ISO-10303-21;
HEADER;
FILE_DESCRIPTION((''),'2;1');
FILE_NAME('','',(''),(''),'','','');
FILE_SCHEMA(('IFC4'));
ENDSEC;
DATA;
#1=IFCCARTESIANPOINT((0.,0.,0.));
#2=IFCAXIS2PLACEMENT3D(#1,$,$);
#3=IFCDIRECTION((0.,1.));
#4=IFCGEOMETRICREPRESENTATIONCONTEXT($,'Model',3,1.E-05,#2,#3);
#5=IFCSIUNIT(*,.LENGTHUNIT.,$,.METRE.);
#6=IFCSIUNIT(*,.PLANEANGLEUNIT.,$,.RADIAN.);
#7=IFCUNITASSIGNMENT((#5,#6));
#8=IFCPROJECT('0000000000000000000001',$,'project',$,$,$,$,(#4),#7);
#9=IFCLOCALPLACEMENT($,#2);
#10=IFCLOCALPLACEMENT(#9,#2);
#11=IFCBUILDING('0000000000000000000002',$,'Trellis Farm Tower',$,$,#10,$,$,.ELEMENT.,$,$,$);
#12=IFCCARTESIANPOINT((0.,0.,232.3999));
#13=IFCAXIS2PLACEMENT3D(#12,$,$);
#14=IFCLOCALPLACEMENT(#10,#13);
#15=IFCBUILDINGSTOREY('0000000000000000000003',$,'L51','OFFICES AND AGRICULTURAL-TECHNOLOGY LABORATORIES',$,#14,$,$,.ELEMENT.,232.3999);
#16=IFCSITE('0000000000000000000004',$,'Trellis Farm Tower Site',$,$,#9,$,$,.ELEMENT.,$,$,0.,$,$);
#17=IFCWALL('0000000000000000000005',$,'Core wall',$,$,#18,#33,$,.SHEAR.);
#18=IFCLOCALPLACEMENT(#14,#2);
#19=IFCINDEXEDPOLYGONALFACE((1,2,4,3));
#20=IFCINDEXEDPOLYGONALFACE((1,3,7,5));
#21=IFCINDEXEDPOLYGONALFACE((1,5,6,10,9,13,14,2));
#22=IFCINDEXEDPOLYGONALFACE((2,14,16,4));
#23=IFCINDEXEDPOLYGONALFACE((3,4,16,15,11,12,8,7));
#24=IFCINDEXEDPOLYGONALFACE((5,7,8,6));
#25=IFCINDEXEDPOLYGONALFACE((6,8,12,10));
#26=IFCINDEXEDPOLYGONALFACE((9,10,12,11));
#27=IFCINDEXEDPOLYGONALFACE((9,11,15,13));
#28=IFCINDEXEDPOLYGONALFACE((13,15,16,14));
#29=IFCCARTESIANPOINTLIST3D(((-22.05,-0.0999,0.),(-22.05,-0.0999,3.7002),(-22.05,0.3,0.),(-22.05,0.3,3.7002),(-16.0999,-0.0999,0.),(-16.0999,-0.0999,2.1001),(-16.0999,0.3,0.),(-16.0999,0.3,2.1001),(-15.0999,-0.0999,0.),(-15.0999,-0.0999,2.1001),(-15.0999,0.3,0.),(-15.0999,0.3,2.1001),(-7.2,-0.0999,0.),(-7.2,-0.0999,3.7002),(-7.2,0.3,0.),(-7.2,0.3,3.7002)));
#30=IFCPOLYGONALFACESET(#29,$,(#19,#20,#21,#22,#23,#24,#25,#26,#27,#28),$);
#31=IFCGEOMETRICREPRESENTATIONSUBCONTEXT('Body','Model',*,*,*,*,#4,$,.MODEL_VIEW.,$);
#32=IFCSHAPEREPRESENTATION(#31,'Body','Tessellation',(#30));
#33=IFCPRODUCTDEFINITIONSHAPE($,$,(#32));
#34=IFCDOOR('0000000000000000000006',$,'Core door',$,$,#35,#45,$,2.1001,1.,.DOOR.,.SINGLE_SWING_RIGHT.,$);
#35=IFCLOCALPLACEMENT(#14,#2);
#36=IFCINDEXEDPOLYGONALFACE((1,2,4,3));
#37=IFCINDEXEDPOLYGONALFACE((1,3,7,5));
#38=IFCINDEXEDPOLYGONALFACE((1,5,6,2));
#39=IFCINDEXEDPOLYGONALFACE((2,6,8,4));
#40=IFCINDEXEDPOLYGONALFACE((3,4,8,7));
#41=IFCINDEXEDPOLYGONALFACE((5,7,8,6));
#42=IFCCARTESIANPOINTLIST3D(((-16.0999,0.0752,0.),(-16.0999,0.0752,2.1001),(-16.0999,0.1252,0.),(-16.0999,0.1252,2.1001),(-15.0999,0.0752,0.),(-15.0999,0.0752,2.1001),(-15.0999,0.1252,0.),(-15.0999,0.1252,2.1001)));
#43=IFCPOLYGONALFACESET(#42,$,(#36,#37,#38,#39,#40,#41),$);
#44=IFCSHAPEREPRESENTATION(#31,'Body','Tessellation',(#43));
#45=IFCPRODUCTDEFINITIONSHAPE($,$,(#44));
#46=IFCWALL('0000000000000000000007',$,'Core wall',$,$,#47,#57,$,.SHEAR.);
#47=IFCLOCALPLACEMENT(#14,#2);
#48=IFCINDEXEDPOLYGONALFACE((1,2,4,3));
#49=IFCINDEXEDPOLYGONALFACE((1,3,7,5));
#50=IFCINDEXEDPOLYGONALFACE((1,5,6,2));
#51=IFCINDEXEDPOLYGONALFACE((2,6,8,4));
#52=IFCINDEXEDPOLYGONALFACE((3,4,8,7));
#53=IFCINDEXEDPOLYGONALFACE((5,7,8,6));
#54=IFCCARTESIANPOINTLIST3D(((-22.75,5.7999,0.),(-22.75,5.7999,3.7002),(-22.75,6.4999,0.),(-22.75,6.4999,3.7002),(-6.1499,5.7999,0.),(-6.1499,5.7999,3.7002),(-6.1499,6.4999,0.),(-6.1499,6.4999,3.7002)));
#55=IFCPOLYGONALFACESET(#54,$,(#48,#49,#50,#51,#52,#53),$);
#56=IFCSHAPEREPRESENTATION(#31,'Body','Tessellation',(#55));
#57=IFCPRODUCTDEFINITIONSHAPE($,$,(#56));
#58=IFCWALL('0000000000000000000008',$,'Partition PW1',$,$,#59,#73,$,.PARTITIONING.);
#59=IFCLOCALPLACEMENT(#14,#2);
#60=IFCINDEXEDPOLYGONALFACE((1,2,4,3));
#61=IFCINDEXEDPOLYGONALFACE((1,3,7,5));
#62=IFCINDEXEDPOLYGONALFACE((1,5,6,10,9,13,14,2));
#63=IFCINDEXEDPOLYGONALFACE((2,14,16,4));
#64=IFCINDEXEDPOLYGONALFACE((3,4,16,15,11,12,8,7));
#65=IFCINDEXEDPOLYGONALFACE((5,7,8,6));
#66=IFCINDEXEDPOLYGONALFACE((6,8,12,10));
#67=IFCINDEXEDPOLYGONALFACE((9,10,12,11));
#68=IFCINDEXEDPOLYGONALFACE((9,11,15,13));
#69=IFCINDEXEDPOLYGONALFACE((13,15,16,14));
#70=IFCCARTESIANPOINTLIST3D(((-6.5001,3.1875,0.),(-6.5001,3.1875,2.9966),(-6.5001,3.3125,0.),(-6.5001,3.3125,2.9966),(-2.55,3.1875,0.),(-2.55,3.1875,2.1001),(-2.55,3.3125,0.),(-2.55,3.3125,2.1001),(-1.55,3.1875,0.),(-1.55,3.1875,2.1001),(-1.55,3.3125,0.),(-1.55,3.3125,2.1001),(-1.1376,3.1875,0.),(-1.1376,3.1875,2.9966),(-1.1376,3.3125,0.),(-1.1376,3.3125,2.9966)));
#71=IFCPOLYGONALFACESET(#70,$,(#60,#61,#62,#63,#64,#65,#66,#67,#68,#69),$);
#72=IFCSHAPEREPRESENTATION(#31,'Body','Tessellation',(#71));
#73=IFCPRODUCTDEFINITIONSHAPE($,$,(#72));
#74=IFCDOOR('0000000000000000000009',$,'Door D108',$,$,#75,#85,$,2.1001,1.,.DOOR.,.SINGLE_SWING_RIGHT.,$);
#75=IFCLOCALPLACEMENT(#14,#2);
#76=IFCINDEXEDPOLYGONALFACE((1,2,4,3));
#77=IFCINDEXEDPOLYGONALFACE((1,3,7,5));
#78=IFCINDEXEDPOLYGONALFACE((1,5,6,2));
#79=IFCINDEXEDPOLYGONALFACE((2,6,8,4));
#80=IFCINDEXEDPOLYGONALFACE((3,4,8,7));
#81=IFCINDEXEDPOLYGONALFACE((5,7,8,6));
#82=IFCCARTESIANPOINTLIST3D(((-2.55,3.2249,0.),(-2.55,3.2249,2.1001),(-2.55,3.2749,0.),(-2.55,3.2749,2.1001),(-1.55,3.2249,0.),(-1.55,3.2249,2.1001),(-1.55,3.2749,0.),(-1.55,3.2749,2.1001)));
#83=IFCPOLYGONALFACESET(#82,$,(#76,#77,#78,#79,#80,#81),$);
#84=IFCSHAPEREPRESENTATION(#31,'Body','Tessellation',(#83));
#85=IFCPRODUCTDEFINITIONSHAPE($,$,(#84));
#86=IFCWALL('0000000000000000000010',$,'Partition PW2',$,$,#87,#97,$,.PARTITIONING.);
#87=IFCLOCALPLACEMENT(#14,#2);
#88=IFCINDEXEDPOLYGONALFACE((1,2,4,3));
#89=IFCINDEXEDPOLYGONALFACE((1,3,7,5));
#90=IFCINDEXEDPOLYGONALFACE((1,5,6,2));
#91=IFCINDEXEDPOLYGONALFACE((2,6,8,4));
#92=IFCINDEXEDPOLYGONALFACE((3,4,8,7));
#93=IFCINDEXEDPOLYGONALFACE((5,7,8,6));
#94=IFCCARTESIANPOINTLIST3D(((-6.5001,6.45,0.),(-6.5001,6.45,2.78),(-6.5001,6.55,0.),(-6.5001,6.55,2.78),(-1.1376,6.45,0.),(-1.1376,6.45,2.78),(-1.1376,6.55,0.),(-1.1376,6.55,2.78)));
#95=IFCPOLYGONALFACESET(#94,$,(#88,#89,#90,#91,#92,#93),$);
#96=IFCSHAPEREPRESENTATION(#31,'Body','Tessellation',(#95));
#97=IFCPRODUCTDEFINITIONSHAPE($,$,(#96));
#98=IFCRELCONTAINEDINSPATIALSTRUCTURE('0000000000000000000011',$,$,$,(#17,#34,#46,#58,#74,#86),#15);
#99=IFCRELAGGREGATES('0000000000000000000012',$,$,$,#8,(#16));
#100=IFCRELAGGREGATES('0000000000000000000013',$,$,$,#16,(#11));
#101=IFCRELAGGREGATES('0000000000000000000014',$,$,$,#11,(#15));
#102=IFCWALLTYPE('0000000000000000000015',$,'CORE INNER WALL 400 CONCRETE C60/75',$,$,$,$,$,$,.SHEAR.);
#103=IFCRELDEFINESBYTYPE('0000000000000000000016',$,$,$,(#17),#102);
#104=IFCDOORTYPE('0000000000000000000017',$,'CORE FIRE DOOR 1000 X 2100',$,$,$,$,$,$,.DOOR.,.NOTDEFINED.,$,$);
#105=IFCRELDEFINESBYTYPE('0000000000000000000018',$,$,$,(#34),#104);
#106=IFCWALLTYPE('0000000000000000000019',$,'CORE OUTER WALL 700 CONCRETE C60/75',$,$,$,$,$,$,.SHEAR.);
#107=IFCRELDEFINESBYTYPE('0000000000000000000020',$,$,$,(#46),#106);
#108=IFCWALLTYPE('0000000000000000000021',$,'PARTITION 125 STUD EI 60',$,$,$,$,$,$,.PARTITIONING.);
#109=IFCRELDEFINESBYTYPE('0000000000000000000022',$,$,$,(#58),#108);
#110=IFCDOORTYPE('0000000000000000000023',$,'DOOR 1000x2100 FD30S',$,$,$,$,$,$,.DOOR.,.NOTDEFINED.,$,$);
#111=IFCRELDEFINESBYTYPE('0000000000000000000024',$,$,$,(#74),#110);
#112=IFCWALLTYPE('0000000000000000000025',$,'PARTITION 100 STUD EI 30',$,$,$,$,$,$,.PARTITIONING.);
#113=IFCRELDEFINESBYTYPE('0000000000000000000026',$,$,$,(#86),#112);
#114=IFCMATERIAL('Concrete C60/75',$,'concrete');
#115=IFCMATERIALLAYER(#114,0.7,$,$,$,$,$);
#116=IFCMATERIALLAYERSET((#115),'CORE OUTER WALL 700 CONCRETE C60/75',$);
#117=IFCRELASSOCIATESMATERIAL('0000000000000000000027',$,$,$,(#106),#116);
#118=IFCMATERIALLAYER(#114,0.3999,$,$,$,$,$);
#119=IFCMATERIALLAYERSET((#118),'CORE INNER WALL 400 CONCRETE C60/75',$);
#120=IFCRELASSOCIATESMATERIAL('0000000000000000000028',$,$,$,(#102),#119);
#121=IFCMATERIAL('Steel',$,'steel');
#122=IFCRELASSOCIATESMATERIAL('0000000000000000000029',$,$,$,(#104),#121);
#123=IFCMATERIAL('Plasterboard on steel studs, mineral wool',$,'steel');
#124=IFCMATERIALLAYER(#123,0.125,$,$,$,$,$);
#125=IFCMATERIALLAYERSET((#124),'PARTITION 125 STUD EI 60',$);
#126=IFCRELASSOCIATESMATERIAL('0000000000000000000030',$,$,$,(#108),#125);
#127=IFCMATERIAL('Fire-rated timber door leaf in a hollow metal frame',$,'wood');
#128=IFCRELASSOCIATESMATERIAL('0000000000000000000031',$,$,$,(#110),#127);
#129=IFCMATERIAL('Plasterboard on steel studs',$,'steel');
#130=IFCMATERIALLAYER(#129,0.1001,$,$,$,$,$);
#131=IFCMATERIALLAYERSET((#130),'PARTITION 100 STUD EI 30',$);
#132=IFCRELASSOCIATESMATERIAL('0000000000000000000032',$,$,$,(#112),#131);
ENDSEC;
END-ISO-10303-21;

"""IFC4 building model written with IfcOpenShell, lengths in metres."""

from ifc_helpers import new_model, si_unit, direction, frame, frame_2d, origin, place, context, subcontext, project, spatial, rectangle, extrude, source, transform, mapped, material, layer, layer_set, type_object, element, fill, save


model = new_model("IFC4")

# Units and contexts
model_context = context("Model", 3, precision=1e-05, world=origin(), true_north=direction((0.0, 1.0)))
body_context = subcontext(model_context, "Body", "Model", "MODEL_VIEW")
ifc_project = project(units=[si_unit("LENGTHUNIT", "METRE"), si_unit("PLANEANGLEUNIT", "RADIAN")], contexts=[model_context])

# Site, building, storey
site_placement = place(None, origin())
site = spatial("IfcSite", under=ifc_project, at=site_placement, Name="Trellis Farm Tower Site", CompositionType="ELEMENT", RefElevation=0.0)
building_placement = place(site_placement, origin())
building = spatial("IfcBuilding", under=site, at=building_placement, Name="Trellis Farm Tower", CompositionType="ELEMENT")
storey_placement = place(building_placement, frame((0.0, 0.0, 232.3999)))
storey = spatial("IfcBuildingStorey", under=building, at=storey_placement, Name="L51", Description="OFFICES AND AGRICULTURAL-TECHNOLOGY LABORATORIES", CompositionType="ELEMENT", Elevation=232.3999)

# Shared definitions
ifc_material_1 = material(Name="Concrete C60/75", Category="concrete")

# Shared definitions
ifc_layer_1 = layer(ifc_material_1, 0.7)
ifc_layer_set_1 = layer_set([ifc_layer_1], Name="CORE OUTER WALL 700 CONCRETE C60/75")
wall_type_1 = type_object("IfcWallType", Name="CORE OUTER WALL 700 CONCRETE C60/75", PredefinedType="SHEAR", material=ifc_layer_set_1)
ifc_material_2 = material(Name="Steel", Category="steel")

# Shared definitions
ifc_layer_2 = layer(ifc_material_1, 0.3999)
ifc_layer_set_2 = layer_set([ifc_layer_2], Name="CORE INNER WALL 400 CONCRETE C60/75")
wall_type_2 = type_object("IfcWallType", Name="CORE INNER WALL 400 CONCRETE C60/75", PredefinedType="SHEAR", material=ifc_layer_set_2)
shared_shape_1 = source(origin(), body_context, "Body", "SweptSolid", [
    extrude(rectangle(XDim=1.0, YDim=2.1001, at=frame_2d((0.5, 1.05))), frame((0.0, 0.21, 0.0), z_axis=(0.0, -1.0, 0.0), x_axis=(1.0, 0.0, 0.0)), (0.0, 0.0, 1.0), 0.4199),
])
door_type_1 = type_object("IfcDoorType", Name="CORE FIRE DOOR 1000 X 2100", OperationType="NOTDEFINED", PredefinedType="DOOR", material=ifc_material_2)
shared_shape_2 = source(origin(), body_context, "Body", "SweptSolid", [
    extrude(rectangle(XDim=1.0, YDim=2.1001, at=frame_2d((0.5, 1.05))), frame((0.0, 0.0249, 0.0), z_axis=(0.0, -1.0, 0.0), x_axis=(1.0, 0.0, 0.0)), (0.0, 0.0, 1.0), 0.05),
])

# Wall, opening, door
shared_shape_3 = source(origin(), body_context, "Body", "SweptSolid", [
    extrude(rectangle(XDim=14.8501, YDim=0.3999, at=frame_2d((7.425, 0.0))), origin(), (0.0, 0.0, 1.0), 3.7002),
])
wall_1_placement = place(storey_placement, frame((-7.2, 0.1001, 0.0), z_axis=(0.0, 0.0, 1.0), x_axis=(-1.0, 0.0, 0.0)))
wall_1 = element("IfcWall", 1, at=wall_1_placement, inside=storey, type_object=wall_type_2, Name="Core wall", PredefinedType="SHEAR", context=body_context, shape_type="MappedRepresentation", body=[
    mapped(shared_shape_3, transform((0.0, 0.0, 0.0))),
])
opening_1_placement = place(wall_1_placement, frame((7.8999, 0.0, 0.0)))
opening_1 = element("IfcOpeningElement", 2, at=opening_1_placement, cuts=wall_1, PredefinedType="OPENING", context=body_context, shape_type="MappedRepresentation", body=[
    mapped(shared_shape_1, transform((0.0, 0.0, 0.0))),
])
door_1_placement = place(opening_1_placement, origin())
door_1 = element("IfcDoor", 3, at=door_1_placement, inside=storey, type_object=door_type_1, Name="Core door", OperationType="SINGLE_SWING_RIGHT", OverallHeight=2.1001, OverallWidth=1.0, PredefinedType="DOOR", context=body_context, shape_type="MappedRepresentation", body=[
    mapped(shared_shape_2, transform((0.0, 0.0, 0.0))),
])
fill(opening_1, door_1)

# Wall
shared_shape_4 = source(origin(), body_context, "Body", "SweptSolid", [
    extrude(rectangle(XDim=16.6001, YDim=0.7, at=frame_2d((8.3, 0.0))), origin(), (0.0, 0.0, 1.0), 3.7002),
])
wall_2_placement = place(storey_placement, frame((-6.1499, 6.1499, 0.0), z_axis=(0.0, 0.0, 1.0), x_axis=(-1.0, 0.0, 0.0)))
element("IfcWall", 4, at=wall_2_placement, inside=storey, type_object=wall_type_1, Name="Core wall", PredefinedType="SHEAR", context=body_context, shape_type="MappedRepresentation", body=[
    mapped(shared_shape_4, transform((0.0, 0.0, 0.0))),
])

# Wall, opening, door
ifc_material_3 = material(Name="Plasterboard on steel studs, mineral wool", Category="steel")
ifc_layer_3 = layer(ifc_material_3, 0.125)
ifc_layer_set_3 = layer_set([ifc_layer_3], Name="PARTITION 125 STUD EI 60")
wall_type_3 = type_object("IfcWallType", Name="PARTITION 125 STUD EI 60", PredefinedType="PARTITIONING", material=ifc_layer_set_3)
shared_shape_5 = source(origin(), body_context, "Body", "SweptSolid", [
    extrude(rectangle(XDim=5.3625, YDim=0.125, at=frame_2d((2.6812, 0.0))), origin(), (0.0, 0.0, 1.0), 2.9966),
])
wall_3_placement = place(storey_placement, frame((-6.5, 3.25, 0.0), z_axis=(0.0, 0.0, 1.0), x_axis=(1.0, 0.0, 0.0)))
wall_3 = element("IfcWall", 5, at=wall_3_placement, inside=storey, type_object=wall_type_3, Name="Partition PW1", PredefinedType="PARTITIONING", context=body_context, shape_type="MappedRepresentation", body=[
    mapped(shared_shape_5, transform((0.0, 0.0, 0.0))),
])
shared_shape_6 = source(origin(), body_context, "Body", "SweptSolid", [
    extrude(rectangle(XDim=1.0, YDim=2.1001, at=frame_2d((0.5, 1.05))), frame((0.0, 0.0725, 0.0), z_axis=(0.0, -1.0, 0.0), x_axis=(1.0, 0.0, 0.0)), (0.0, 0.0, 1.0), 0.145),
])
opening_2_placement = place(wall_3_placement, frame((3.95, 0.0, 0.0)))
opening_2 = element("IfcOpeningElement", 6, at=opening_2_placement, cuts=wall_3, PredefinedType="OPENING", context=body_context, shape_type="MappedRepresentation", body=[
    mapped(shared_shape_6, transform((0.0, 0.0, 0.0))),
])
ifc_material_4 = material(Name="Fire-rated timber door leaf in a hollow metal frame", Category="wood")
door_type_2 = type_object("IfcDoorType", Name="DOOR 1000x2100 FD30S", OperationType="NOTDEFINED", PredefinedType="DOOR", material=ifc_material_4)
door_2_placement = place(opening_2_placement, origin())
door_2 = element("IfcDoor", 7, at=door_2_placement, inside=storey, type_object=door_type_2, Name="Door D108", OperationType="SINGLE_SWING_RIGHT", OverallHeight=2.1001, OverallWidth=1.0, PredefinedType="DOOR", context=body_context, shape_type="MappedRepresentation", body=[
    mapped(shared_shape_2, transform((0.0, 0.0, 0.0))),
])
fill(opening_2, door_2)

# Wall
ifc_material_5 = material(Name="Plasterboard on steel studs", Category="steel")
ifc_layer_4 = layer(ifc_material_5, 0.1001)
ifc_layer_set_4 = layer_set([ifc_layer_4], Name="PARTITION 100 STUD EI 30")
wall_type_4 = type_object("IfcWallType", Name="PARTITION 100 STUD EI 30", PredefinedType="PARTITIONING", material=ifc_layer_set_4)
shared_shape_7 = source(origin(), body_context, "Body", "SweptSolid", [
    extrude(rectangle(XDim=5.3625, YDim=0.1001, at=frame_2d((2.6812, 0.0))), origin(), (0.0, 0.0, 1.0), 2.78),
])
wall_4_placement = place(storey_placement, frame((-6.5, 6.5, 0.0), z_axis=(0.0, 0.0, 1.0), x_axis=(1.0, 0.0, 0.0)))
element("IfcWall", 8, at=wall_4_placement, inside=storey, type_object=wall_type_4, Name="Partition PW2", PredefinedType="PARTITIONING", context=body_context, shape_type="MappedRepresentation", body=[
    mapped(shared_shape_7, transform((0.0, 0.0, 0.0))),
])

save(model, "model.ifc")
